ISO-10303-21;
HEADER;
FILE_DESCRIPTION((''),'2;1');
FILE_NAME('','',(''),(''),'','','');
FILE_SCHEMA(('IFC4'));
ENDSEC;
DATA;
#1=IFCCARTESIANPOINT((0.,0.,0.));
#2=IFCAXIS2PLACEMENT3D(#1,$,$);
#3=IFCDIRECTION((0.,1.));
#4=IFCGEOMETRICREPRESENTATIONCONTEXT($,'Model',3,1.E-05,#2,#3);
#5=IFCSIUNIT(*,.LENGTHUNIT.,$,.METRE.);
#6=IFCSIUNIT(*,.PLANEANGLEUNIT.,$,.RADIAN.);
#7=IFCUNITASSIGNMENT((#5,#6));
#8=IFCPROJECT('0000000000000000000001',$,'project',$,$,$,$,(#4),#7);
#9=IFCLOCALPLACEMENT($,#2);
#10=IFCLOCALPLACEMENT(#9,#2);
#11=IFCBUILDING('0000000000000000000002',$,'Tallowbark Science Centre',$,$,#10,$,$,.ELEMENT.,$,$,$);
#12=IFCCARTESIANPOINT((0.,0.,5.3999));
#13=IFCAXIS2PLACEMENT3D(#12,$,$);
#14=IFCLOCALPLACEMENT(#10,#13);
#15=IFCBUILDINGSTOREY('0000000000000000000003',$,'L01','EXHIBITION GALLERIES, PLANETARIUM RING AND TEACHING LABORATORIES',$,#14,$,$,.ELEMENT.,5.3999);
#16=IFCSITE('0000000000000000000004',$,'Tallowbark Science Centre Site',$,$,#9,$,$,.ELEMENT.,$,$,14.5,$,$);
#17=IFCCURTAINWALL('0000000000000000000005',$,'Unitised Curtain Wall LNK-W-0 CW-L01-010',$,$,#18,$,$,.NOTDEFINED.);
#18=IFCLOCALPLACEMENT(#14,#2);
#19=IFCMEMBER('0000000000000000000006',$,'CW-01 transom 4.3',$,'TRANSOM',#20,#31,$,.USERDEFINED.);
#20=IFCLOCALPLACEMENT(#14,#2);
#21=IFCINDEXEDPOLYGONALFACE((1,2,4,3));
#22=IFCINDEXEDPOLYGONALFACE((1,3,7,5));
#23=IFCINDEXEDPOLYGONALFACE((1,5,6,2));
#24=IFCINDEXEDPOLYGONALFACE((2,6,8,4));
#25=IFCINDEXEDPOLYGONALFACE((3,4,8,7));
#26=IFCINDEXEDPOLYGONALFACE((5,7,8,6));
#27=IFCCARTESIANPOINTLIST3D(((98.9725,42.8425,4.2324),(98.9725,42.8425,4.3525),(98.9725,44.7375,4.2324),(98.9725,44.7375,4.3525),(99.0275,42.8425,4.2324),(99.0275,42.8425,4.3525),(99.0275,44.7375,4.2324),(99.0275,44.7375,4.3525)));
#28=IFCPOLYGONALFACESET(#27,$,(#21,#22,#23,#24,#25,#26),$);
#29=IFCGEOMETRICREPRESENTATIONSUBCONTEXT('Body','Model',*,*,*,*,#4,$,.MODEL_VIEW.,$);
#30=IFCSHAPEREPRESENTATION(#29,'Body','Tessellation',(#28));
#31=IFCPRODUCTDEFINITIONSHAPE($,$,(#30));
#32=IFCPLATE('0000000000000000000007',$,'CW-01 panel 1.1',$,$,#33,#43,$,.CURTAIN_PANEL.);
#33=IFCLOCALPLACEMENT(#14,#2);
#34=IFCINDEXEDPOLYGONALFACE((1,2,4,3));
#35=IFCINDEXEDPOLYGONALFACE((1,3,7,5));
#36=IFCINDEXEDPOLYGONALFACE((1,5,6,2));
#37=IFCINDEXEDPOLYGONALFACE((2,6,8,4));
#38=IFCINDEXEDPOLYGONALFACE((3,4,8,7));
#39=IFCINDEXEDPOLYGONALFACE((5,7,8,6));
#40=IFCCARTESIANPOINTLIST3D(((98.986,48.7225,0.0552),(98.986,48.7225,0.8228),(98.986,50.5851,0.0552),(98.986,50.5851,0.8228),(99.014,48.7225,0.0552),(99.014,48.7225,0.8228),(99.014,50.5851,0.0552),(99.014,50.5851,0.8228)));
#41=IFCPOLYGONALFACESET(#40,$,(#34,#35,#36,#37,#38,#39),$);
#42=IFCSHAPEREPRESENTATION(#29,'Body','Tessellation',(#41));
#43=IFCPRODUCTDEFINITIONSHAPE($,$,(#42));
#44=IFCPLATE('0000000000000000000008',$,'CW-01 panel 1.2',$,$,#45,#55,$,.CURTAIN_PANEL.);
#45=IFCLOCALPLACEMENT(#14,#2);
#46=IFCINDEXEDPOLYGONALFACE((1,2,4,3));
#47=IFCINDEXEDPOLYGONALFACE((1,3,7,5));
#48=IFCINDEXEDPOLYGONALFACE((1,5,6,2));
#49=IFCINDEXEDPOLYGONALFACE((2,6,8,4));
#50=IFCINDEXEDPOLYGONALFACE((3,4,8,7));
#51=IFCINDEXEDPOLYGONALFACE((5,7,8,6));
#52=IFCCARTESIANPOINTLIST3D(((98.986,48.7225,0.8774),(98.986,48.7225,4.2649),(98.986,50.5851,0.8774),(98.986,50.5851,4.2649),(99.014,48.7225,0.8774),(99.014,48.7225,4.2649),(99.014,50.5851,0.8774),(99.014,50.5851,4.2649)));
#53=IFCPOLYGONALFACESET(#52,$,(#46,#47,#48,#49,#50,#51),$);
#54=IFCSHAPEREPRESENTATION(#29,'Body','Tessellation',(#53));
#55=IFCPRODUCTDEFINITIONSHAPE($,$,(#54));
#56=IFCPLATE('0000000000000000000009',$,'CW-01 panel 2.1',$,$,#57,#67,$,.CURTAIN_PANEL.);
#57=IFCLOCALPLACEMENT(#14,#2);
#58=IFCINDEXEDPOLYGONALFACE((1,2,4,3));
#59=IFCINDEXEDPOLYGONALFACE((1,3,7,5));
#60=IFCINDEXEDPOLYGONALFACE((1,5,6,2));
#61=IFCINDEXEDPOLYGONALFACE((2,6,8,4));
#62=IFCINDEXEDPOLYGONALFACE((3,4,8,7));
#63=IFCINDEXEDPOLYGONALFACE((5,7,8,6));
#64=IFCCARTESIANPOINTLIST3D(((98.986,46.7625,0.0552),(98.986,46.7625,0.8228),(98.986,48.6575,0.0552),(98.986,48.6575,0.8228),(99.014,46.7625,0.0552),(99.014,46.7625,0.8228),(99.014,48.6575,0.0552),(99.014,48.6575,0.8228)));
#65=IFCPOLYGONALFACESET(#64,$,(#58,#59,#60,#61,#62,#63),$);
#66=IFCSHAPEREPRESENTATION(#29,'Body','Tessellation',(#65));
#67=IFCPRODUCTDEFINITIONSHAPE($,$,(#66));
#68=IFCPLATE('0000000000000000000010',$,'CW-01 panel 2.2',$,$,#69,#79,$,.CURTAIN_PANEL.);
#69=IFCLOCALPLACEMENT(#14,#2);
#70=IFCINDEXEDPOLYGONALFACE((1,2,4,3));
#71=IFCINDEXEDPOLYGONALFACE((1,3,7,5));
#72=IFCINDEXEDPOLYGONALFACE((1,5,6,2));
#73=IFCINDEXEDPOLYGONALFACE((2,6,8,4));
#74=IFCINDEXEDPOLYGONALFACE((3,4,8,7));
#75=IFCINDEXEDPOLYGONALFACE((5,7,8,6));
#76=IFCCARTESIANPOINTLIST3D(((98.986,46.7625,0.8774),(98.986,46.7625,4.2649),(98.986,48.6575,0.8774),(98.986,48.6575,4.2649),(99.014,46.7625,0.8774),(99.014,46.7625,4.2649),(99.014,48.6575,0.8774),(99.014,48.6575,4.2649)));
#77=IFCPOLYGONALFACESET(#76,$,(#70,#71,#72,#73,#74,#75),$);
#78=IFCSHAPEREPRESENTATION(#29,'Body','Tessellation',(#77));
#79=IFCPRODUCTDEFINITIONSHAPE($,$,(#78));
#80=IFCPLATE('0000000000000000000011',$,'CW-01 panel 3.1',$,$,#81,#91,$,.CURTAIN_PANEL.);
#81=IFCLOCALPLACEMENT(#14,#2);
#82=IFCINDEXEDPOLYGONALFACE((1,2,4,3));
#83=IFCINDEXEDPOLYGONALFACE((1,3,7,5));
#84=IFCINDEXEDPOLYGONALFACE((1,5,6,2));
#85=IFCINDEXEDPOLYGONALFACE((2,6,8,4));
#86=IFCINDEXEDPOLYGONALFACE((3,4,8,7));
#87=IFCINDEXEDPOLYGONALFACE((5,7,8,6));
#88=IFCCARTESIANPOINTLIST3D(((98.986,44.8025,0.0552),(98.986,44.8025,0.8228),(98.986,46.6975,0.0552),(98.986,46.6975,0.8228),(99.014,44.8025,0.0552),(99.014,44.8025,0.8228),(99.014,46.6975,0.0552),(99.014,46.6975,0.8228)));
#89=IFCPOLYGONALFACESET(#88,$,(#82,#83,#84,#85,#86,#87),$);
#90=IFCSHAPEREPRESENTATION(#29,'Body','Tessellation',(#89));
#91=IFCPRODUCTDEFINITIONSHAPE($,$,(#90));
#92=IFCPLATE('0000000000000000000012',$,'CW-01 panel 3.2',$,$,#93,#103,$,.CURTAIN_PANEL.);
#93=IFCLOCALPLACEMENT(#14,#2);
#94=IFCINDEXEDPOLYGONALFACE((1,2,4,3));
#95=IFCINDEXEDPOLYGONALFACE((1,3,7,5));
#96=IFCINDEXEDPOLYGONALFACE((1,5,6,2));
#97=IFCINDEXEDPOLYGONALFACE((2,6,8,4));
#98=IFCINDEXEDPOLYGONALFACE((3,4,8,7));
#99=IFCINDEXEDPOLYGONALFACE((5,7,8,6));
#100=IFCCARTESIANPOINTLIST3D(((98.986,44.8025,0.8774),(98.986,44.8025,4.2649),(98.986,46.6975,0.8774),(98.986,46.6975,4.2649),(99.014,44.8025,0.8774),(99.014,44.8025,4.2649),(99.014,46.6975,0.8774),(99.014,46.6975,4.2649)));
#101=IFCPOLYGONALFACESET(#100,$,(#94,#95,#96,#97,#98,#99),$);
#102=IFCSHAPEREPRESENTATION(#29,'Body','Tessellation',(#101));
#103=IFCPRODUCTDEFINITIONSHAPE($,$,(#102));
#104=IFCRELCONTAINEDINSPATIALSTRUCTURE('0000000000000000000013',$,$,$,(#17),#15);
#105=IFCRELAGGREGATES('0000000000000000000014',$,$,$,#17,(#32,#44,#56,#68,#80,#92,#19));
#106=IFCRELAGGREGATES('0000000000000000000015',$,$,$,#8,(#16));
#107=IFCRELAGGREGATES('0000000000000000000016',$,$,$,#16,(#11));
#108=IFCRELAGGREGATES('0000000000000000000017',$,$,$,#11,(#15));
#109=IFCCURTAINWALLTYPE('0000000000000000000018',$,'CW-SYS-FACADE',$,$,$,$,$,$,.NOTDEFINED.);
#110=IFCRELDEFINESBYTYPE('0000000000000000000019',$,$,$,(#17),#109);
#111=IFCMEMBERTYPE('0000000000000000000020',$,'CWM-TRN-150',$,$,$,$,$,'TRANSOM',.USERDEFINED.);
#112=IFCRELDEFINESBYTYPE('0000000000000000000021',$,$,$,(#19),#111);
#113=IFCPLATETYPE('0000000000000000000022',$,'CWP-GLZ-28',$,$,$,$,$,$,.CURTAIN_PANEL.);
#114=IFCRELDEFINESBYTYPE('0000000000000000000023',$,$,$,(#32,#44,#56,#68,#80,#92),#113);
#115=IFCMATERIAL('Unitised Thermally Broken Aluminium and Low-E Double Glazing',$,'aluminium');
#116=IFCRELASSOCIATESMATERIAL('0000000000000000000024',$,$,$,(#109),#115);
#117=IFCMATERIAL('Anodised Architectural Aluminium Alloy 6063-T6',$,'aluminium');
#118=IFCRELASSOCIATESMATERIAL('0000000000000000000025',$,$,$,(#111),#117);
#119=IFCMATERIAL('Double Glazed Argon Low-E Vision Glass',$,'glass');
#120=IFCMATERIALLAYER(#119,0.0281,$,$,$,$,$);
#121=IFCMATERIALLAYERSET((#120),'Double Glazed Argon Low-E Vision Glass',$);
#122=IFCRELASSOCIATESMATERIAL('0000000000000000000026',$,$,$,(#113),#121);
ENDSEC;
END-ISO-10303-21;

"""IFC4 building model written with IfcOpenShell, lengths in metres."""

from ifc_helpers import new_model, si_unit, direction, frame, origin, origin_2d, place, context, subcontext, project, spatial, rectangle, extrude, material, layer, layer_set, material_profile, profile_set, type_object, element, aggregate, save


model = new_model("IFC4")

# Units and contexts
model_context = context("Model", 3, precision=1e-05, world=origin(), true_north=direction((0.0, 1.0)))
body_context = subcontext(model_context, "Body", "Model", "MODEL_VIEW")
ifc_project = project(units=[si_unit("LENGTHUNIT", "METRE"), si_unit("PLANEANGLEUNIT", "RADIAN")], contexts=[model_context])

# Site, building, storey
site_placement = place(None, origin())
site = spatial("IfcSite", under=ifc_project, at=site_placement, Name="Tallowbark Science Centre Site", CompositionType="ELEMENT", RefElevation=14.5)
building_placement = place(site_placement, origin())
building = spatial("IfcBuilding", under=site, at=building_placement, Name="Tallowbark Science Centre", CompositionType="ELEMENT")
storey_placement = place(building_placement, frame((0.0, 0.0, 5.3999)))
storey = spatial("IfcBuildingStorey", under=building, at=storey_placement, Name="L01", Description="EXHIBITION GALLERIES, PLANETARIUM RING AND TEACHING LABORATORIES", CompositionType="ELEMENT", Elevation=5.3999)

# Curtain wall
ifc_material_1 = material(Name="Unitised Thermally Broken Aluminium and Low-E Double Glazing", Category="aluminium")
curtain_wall_type = type_object("IfcCurtainWallType", Name="CW-SYS-FACADE", PredefinedType="NOTDEFINED", material=ifc_material_1)
curtain_wall_1_placement = place(storey_placement, origin())
curtain_wall_1 = element("IfcCurtainWall", 1, at=curtain_wall_1_placement, inside=storey, type_object=curtain_wall_type, Name="Unitised Curtain Wall LNK-W-0 CW-L01-010", PredefinedType="NOTDEFINED")
ifc_material_2 = material(Name="Anodised Architectural Aluminium Alloy 6063-T6", Category="aluminium")

# Member
ifc_material_profile_1 = material_profile(ifc_material_2, rectangle(XDim=0.0549, YDim=0.1201, at=origin_2d()), Name="ALU55x120")
ifc_profile_set_1 = profile_set([ifc_material_profile_1], Name="Anodised Architectural Aluminium Alloy 6063-T6")
member_type_1 = type_object("IfcMemberType", Name="CWM-TRN-150", ElementType="TRANSOM", PredefinedType="USERDEFINED", material=ifc_profile_set_1)
member_1_placement = place(storey_placement, frame((99.0, 44.7375, 4.2925), z_axis=(0.0, -1.0, 0.0), x_axis=(1.0, 0.0, 0.0)))
member_1 = element("IfcMember", 2, at=member_1_placement, type_object=member_type_1, Name="CW-01 transom 4.3", ObjectType="TRANSOM", PredefinedType="USERDEFINED", context=body_context, shape_type="SweptSolid", body=[
    extrude(rectangle(XDim=0.0549, YDim=0.1201, at=origin_2d()), origin(), (0.0, 0.0, 1.0), 1.895),
])

# Plates
ifc_material_3 = material(Name="Double Glazed Argon Low-E Vision Glass", Category="glass")
ifc_layer = layer(ifc_material_3, 0.0281)
ifc_layer_set = layer_set([ifc_layer], Name="Double Glazed Argon Low-E Vision Glass")
plate_type = type_object("IfcPlateType", Name="CWP-GLZ-28", PredefinedType="CURTAIN_PANEL", material=ifc_layer_set)
plate_1_placement = place(storey_placement, frame((99.0, 49.6538, 0.0552), z_axis=(0.0, 0.0, 1.0), x_axis=(0.0, -1.0, 0.0)))
plate_1 = element("IfcPlate", 3, at=plate_1_placement, type_object=plate_type, Name="CW-01 panel 1.1", PredefinedType="CURTAIN_PANEL", context=body_context, shape_type="SweptSolid", body=[
    extrude(rectangle(XDim=1.8625, YDim=0.0281, at=origin_2d()), origin(), (0.0, 0.0, 1.0), 0.7676),
])
plate_2_placement = place(storey_placement, frame((99.0, 49.6538, 0.8774), z_axis=(0.0, 0.0, 1.0), x_axis=(0.0, -1.0, 0.0)))
plate_2 = element("IfcPlate", 4, at=plate_2_placement, type_object=plate_type, Name="CW-01 panel 1.2", PredefinedType="CURTAIN_PANEL", context=body_context, shape_type="SweptSolid", body=[
    extrude(rectangle(XDim=1.8625, YDim=0.0281, at=origin_2d()), origin(), (0.0, 0.0, 1.0), 3.3875),
])
plate_3_placement = place(storey_placement, frame((99.0, 47.71, 0.0552), z_axis=(0.0, 0.0, 1.0), x_axis=(0.0, -1.0, 0.0)))
plate_3 = element("IfcPlate", 5, at=plate_3_placement, type_object=plate_type, Name="CW-01 panel 2.1", PredefinedType="CURTAIN_PANEL", context=body_context, shape_type="SweptSolid", body=[
    extrude(rectangle(XDim=1.895, YDim=0.0281, at=origin_2d()), origin(), (0.0, 0.0, 1.0), 0.7676),
])
plate_4_placement = place(storey_placement, frame((99.0, 47.71, 0.8774), z_axis=(0.0, 0.0, 1.0), x_axis=(0.0, -1.0, 0.0)))
plate_4 = element("IfcPlate", 6, at=plate_4_placement, type_object=plate_type, Name="CW-01 panel 2.2", PredefinedType="CURTAIN_PANEL", context=body_context, shape_type="SweptSolid", body=[
    extrude(rectangle(XDim=1.895, YDim=0.0281, at=origin_2d()), origin(), (0.0, 0.0, 1.0), 3.3875),
])
plate_5_placement = place(storey_placement, frame((99.0, 45.75, 0.0552), z_axis=(0.0, 0.0, 1.0), x_axis=(0.0, -1.0, 0.0)))
plate_5 = element("IfcPlate", 7, at=plate_5_placement, type_object=plate_type, Name="CW-01 panel 3.1", PredefinedType="CURTAIN_PANEL", context=body_context, shape_type="SweptSolid", body=[
    extrude(rectangle(XDim=1.895, YDim=0.0281, at=origin_2d()), origin(), (0.0, 0.0, 1.0), 0.7676),
])
plate_6_placement = place(storey_placement, frame((99.0, 45.75, 0.8774), z_axis=(0.0, 0.0, 1.0), x_axis=(0.0, -1.0, 0.0)))
plate_6 = element("IfcPlate", 8, at=plate_6_placement, type_object=plate_type, Name="CW-01 panel 3.2", PredefinedType="CURTAIN_PANEL", context=body_context, shape_type="SweptSolid", body=[
    extrude(rectangle(XDim=1.895, YDim=0.0281, at=origin_2d()), origin(), (0.0, 0.0, 1.0), 3.3875),
])
aggregate(curtain_wall_1, [plate_1, plate_2, plate_3, plate_4, plate_5, plate_6, member_1])

save(model, "model.ifc")
